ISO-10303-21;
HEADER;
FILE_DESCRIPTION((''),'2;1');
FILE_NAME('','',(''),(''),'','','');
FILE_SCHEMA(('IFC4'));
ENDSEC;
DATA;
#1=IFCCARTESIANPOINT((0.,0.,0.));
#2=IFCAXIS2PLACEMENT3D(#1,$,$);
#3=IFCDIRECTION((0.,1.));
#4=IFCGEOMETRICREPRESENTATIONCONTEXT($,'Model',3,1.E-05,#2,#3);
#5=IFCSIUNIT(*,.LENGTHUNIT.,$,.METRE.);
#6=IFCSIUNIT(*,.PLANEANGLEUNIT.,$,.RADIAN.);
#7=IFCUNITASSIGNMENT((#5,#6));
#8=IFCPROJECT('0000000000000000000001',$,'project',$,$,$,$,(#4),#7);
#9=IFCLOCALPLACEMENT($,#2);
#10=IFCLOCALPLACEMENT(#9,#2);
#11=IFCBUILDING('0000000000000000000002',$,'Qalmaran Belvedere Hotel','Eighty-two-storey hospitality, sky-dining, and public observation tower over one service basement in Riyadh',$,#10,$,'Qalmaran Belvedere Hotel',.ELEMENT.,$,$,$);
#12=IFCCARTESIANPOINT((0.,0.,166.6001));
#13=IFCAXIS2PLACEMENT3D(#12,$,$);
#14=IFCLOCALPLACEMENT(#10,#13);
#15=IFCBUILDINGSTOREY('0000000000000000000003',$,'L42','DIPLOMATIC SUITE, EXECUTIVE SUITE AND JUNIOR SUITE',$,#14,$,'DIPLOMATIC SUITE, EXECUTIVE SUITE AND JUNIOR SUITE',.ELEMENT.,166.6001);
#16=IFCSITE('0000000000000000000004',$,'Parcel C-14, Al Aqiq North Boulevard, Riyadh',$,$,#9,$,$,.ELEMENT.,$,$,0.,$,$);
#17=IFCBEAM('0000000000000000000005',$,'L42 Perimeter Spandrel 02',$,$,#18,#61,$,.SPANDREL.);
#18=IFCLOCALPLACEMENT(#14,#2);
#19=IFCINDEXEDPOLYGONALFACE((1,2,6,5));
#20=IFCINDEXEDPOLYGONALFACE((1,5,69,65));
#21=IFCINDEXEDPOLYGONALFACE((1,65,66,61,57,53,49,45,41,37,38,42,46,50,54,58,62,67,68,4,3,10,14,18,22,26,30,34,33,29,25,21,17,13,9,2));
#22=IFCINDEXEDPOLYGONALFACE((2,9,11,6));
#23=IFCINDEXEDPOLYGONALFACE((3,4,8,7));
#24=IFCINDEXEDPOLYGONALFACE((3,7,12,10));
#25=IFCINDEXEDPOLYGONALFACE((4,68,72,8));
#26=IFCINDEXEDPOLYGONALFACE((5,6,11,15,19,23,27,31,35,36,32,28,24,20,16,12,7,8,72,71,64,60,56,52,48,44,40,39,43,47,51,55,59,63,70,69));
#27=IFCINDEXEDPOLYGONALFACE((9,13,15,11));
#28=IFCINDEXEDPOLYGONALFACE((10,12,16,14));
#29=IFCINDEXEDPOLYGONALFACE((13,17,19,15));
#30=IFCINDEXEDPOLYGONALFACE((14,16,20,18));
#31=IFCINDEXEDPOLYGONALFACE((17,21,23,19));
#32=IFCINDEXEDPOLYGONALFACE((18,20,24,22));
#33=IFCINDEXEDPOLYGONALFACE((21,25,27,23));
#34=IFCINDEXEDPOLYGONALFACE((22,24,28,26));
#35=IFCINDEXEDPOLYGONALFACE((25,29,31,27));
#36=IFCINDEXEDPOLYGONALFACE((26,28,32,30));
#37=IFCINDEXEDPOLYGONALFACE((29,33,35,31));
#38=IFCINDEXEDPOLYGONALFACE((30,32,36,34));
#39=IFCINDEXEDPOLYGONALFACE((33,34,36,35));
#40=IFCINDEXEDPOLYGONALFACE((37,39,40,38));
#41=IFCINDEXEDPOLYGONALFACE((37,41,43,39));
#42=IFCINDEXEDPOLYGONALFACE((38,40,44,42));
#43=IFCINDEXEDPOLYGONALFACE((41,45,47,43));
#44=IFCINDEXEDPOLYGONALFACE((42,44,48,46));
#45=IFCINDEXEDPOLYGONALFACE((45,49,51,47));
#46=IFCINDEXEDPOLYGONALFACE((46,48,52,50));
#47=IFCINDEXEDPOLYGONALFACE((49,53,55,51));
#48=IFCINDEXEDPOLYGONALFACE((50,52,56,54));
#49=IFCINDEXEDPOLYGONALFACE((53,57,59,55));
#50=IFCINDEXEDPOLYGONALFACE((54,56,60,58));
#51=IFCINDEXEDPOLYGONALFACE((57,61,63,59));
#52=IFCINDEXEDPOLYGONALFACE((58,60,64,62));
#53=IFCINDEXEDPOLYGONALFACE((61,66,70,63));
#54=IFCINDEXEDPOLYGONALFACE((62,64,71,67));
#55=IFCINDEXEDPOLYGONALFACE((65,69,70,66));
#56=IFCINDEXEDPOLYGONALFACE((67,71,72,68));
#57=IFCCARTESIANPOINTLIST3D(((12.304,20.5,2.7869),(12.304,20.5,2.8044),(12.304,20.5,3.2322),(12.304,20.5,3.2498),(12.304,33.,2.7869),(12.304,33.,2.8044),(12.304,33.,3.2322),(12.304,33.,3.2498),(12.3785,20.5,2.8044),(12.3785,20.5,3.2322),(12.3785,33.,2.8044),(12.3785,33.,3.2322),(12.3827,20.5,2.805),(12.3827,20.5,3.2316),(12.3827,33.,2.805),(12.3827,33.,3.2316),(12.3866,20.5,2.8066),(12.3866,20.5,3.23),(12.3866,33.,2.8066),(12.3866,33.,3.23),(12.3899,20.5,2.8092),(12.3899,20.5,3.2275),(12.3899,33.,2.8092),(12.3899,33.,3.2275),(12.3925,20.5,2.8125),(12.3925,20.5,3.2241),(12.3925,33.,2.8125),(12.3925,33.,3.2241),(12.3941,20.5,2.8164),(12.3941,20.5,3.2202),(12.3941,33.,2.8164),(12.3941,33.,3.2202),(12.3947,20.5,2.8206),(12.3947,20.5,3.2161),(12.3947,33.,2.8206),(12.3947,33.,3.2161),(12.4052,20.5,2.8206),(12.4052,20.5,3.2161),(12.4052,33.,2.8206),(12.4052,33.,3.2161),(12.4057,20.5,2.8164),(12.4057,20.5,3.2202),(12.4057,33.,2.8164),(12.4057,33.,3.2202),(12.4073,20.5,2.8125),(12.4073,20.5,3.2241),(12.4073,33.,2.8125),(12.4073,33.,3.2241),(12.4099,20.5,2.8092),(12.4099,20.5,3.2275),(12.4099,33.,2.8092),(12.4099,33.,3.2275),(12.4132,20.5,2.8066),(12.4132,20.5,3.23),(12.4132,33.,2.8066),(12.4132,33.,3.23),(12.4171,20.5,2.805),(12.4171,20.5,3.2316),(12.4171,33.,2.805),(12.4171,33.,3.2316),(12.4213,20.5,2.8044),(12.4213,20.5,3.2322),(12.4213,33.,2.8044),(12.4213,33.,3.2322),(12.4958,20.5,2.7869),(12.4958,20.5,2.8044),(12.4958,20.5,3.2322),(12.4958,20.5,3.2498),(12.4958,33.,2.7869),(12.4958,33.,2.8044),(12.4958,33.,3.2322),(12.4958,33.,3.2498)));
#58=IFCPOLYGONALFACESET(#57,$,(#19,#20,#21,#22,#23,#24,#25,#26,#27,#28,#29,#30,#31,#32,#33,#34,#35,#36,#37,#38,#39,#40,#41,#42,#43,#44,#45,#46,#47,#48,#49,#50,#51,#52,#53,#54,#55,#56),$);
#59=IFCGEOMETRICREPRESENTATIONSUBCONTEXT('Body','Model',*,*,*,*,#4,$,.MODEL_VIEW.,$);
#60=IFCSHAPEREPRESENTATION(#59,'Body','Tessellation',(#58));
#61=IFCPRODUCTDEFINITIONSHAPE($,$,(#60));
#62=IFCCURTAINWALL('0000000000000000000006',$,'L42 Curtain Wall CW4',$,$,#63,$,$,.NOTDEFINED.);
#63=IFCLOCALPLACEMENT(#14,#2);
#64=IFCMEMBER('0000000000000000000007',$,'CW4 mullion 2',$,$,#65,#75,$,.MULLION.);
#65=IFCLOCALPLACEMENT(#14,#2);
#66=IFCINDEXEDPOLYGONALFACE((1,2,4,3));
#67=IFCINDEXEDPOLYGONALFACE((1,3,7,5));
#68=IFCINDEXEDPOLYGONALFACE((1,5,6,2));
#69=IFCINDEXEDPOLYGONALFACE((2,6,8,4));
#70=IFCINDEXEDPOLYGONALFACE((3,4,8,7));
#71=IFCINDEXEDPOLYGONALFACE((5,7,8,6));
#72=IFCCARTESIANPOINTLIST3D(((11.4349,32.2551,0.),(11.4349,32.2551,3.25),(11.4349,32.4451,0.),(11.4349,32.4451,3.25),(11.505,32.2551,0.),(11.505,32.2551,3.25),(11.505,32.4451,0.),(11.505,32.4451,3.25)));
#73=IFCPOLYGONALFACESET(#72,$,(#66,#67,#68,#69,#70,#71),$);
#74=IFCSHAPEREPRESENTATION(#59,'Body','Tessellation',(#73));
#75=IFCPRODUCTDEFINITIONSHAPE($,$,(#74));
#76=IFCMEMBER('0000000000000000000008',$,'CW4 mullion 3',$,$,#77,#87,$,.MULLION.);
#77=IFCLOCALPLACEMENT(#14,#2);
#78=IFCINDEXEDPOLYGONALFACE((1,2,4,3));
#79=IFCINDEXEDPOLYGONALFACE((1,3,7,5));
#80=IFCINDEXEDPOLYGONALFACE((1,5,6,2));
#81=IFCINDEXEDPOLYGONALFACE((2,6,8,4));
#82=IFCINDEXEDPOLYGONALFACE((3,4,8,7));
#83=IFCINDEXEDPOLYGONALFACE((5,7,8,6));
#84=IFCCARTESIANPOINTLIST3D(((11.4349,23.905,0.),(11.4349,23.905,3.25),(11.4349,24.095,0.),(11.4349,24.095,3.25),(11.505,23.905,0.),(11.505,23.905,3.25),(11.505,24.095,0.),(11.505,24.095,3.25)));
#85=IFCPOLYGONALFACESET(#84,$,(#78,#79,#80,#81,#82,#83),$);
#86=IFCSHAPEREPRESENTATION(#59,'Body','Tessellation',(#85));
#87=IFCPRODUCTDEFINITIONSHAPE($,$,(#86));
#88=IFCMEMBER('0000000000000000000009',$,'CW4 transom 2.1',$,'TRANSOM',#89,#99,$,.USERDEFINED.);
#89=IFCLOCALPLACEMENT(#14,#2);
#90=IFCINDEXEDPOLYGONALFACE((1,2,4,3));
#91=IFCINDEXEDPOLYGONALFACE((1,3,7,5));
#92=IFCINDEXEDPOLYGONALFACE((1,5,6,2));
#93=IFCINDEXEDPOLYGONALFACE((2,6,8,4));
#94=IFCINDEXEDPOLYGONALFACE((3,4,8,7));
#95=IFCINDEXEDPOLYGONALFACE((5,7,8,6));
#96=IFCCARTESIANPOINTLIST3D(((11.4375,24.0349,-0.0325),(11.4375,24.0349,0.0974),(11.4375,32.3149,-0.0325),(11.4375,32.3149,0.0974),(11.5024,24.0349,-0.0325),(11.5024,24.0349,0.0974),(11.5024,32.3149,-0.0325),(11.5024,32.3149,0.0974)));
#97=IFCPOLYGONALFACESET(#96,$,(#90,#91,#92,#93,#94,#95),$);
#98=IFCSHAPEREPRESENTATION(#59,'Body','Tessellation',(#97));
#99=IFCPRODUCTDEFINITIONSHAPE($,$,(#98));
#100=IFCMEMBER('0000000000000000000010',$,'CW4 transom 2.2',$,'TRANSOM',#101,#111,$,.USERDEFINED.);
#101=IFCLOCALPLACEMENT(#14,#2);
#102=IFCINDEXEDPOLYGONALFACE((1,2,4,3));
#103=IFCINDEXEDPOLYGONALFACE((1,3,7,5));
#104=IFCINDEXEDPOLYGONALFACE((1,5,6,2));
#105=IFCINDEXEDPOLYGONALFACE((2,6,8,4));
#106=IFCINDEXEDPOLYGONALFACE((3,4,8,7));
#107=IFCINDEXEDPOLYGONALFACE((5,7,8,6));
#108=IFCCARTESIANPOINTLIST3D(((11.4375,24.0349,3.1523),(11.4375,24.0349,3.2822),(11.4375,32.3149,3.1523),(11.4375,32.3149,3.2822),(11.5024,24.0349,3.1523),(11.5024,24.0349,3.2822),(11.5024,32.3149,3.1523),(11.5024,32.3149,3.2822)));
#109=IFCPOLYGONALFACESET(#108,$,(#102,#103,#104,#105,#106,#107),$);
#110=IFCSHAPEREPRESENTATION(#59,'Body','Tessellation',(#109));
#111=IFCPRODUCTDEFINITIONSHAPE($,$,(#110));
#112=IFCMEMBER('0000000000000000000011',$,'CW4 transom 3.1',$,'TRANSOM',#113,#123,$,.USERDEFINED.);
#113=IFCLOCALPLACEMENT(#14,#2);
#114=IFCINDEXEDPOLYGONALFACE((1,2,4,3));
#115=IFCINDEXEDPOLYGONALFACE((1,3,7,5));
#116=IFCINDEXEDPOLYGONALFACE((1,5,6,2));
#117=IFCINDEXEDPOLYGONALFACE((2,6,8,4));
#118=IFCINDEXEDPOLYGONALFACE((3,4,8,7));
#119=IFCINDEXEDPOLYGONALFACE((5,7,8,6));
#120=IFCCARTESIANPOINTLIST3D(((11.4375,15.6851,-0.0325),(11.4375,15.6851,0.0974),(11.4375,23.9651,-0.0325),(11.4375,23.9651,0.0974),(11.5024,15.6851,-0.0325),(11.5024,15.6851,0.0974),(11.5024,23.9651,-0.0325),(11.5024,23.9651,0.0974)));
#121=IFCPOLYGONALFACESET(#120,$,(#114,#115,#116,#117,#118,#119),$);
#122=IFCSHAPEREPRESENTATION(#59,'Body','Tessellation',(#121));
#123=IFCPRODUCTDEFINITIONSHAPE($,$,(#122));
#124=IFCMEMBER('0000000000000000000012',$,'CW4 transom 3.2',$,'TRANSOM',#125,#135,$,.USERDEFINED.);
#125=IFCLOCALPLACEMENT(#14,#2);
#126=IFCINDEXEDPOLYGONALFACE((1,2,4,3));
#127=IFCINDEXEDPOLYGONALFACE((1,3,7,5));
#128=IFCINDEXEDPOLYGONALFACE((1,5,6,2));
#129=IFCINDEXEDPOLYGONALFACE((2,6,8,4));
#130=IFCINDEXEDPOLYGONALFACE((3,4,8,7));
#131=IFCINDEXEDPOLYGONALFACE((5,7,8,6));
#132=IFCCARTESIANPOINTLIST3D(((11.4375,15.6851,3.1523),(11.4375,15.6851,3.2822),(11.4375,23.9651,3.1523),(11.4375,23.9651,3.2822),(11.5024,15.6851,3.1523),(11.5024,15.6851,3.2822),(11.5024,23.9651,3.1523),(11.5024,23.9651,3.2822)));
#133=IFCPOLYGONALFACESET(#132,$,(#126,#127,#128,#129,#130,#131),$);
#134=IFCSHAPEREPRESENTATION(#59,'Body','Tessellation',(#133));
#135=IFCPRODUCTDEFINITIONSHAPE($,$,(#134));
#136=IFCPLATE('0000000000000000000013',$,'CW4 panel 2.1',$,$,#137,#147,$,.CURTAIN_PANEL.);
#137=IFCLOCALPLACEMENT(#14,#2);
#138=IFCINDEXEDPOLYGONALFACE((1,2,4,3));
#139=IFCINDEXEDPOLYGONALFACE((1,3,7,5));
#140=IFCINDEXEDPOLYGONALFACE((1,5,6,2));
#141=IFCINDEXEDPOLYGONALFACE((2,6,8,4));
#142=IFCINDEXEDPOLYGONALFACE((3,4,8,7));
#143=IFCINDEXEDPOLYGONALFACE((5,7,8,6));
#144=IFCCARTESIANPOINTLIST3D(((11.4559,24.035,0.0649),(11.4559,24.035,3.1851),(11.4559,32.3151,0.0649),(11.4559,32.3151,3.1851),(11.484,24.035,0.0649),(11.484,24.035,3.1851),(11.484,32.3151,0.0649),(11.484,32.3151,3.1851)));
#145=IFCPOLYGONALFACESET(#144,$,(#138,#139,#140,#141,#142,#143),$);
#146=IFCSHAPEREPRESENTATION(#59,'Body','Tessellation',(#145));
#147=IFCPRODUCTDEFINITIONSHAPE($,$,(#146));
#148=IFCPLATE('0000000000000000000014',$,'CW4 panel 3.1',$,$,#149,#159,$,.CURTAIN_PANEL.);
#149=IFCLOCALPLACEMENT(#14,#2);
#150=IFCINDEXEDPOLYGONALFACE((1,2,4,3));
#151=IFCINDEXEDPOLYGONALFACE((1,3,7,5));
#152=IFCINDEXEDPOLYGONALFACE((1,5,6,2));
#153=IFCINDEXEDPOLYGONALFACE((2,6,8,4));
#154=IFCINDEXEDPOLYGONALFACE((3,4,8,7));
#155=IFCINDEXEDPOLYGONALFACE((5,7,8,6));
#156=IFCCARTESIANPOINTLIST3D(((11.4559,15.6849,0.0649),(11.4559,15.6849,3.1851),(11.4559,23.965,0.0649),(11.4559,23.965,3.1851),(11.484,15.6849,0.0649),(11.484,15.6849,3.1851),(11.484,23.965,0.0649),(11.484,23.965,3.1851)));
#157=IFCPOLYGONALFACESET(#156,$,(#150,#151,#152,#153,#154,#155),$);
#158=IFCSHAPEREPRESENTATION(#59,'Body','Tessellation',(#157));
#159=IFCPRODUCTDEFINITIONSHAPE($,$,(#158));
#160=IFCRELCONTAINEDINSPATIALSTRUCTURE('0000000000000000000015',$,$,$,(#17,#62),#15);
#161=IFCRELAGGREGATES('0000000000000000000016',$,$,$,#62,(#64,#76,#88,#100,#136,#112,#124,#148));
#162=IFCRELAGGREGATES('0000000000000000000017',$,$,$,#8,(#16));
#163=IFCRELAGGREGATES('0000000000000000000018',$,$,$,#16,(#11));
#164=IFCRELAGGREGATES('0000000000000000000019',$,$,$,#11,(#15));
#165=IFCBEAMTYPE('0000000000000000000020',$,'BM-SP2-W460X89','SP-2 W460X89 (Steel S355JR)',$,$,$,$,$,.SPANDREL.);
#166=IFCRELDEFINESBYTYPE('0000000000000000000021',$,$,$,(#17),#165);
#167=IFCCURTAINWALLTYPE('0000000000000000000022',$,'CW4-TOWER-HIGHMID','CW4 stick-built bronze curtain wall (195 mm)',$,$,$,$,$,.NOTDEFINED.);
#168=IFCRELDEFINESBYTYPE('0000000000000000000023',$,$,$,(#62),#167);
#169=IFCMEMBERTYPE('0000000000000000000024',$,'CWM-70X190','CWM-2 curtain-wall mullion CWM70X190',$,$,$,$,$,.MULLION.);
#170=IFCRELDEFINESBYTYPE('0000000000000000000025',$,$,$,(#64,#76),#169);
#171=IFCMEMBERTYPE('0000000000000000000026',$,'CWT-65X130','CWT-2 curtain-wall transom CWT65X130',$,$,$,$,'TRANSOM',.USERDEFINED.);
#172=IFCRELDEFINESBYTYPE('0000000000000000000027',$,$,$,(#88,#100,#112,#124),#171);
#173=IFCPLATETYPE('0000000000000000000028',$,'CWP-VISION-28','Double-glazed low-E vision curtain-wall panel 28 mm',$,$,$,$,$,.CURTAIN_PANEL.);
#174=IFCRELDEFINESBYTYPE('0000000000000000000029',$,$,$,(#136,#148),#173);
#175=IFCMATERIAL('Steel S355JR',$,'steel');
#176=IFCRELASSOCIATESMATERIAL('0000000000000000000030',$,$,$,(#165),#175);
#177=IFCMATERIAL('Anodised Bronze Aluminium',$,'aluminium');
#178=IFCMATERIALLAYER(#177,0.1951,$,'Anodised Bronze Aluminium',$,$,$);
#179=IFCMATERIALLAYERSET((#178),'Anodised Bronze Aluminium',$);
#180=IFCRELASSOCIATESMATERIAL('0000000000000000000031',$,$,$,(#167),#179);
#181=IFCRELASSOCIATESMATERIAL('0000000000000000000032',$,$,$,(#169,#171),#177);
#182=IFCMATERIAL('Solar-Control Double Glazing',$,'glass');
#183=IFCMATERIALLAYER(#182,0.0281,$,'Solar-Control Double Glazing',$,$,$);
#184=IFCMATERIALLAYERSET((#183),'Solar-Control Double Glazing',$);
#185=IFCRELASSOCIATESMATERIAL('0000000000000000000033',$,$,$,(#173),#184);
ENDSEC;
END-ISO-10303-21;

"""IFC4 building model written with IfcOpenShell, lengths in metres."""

from ifc_helpers import new_model, si_unit, direction, frame, origin, origin_2d, place, context, subcontext, project, spatial, rectangle, i_section, extrude, material, layer, layer_set, material_profile, profile_set, type_object, element, aggregate, save


model = new_model("IFC4")

# Units and contexts
model_context = context("Model", 3, precision=1e-05, world=origin(), true_north=direction((0.0, 1.0)))
body_context = subcontext(model_context, "Body", "Model", "MODEL_VIEW")
ifc_project = project(units=[si_unit("LENGTHUNIT", "METRE"), si_unit("PLANEANGLEUNIT", "RADIAN")], contexts=[model_context])

# Site, building, storey
site_placement = place(None, origin())
site = spatial("IfcSite", under=ifc_project, at=site_placement, Name="Parcel C-14, Al Aqiq North Boulevard, Riyadh", CompositionType="ELEMENT", RefElevation=0.0)
building_placement = place(site_placement, origin())
building = spatial("IfcBuilding", under=site, at=building_placement, Name="Qalmaran Belvedere Hotel", Description="Eighty-two-storey hospitality, sky-dining, and public observation tower over one service basement in Riyadh", LongName="Qalmaran Belvedere Hotel", CompositionType="ELEMENT")
storey_placement = place(building_placement, frame((0.0, 0.0, 166.6001)))
storey = spatial("IfcBuildingStorey", under=building, at=storey_placement, Name="L42", Description="DIPLOMATIC SUITE, EXECUTIVE SUITE AND JUNIOR SUITE", LongName="DIPLOMATIC SUITE, EXECUTIVE SUITE AND JUNIOR SUITE", CompositionType="ELEMENT", Elevation=166.6001)

# Beam
ifc_material_1 = material(Name="Steel S355JR", Category="steel")
ifc_material_profile_1 = material_profile(ifc_material_1, i_section(OverallWidth=0.1919, OverallDepth=0.4629, WebThickness=0.0105, FlangeThickness=0.0176, FilletRadius=0.0161, at=origin_2d()), Name="W460X89")
ifc_profile_set_1 = profile_set([ifc_material_profile_1], Name="Steel S355JR")
beam_type_1 = type_object("IfcBeamType", Name="BM-SP2-W460X89", Description="SP-2 W460X89 (Steel S355JR)", PredefinedType="SPANDREL", material=ifc_profile_set_1)
beam_1_placement = place(storey_placement, frame((12.3999, 20.5, 3.0183), z_axis=(0.0, 1.0, 0.0), x_axis=(-1.0, 0.0, 0.0)))
element("IfcBeam", 1, at=beam_1_placement, inside=storey, type_object=beam_type_1, Name="L42 Perimeter Spandrel 02", PredefinedType="SPANDREL", context=body_context, shape_type="SweptSolid", body=[
    extrude(i_section(OverallWidth=0.1919, OverallDepth=0.4629, WebThickness=0.0105, FlangeThickness=0.0176, FilletRadius=0.0161, at=origin_2d()), origin(), (0.0, 0.0, 1.0), 12.5),
])

# Curtain wall, members, plates
ifc_material_2 = material(Name="Anodised Bronze Aluminium", Category="aluminium")
ifc_layer_1 = layer(ifc_material_2, 0.1951, Name="Anodised Bronze Aluminium")
ifc_layer_set_1 = layer_set([ifc_layer_1], Name="Anodised Bronze Aluminium")
curtain_wall_type = type_object("IfcCurtainWallType", Name="CW4-TOWER-HIGHMID", Description="CW4 stick-built bronze curtain wall (195 mm)", PredefinedType="NOTDEFINED", material=ifc_layer_set_1)
curtain_wall_placement = place(storey_placement, origin())
curtain_wall = element("IfcCurtainWall", 2, at=curtain_wall_placement, inside=storey, type_object=curtain_wall_type, Name="L42 Curtain Wall CW4", PredefinedType="NOTDEFINED")
ifc_material_profile_2 = material_profile(ifc_material_2, rectangle(XDim=0.0701, YDim=0.1899, at=origin_2d()), Name="CWM70X190")
ifc_profile_set_2 = profile_set([ifc_material_profile_2], Name="Anodised Bronze Aluminium")
member_type_1 = type_object("IfcMemberType", Name="CWM-70X190", Description="CWM-2 curtain-wall mullion CWM70X190", PredefinedType="MULLION", material=ifc_profile_set_2)
member_1_placement = place(storey_placement, frame((11.47, 32.3501, 0.0), z_axis=(0.0, 0.0, 1.0), x_axis=(1.0, 0.0, 0.0)))
member_1 = element("IfcMember", 3, at=member_1_placement, type_object=member_type_1, Name="CW4 mullion 2", PredefinedType="MULLION", context=body_context, shape_type="SweptSolid", body=[
    extrude(rectangle(XDim=0.0701, YDim=0.1899, at=origin_2d()), origin(), (0.0, 0.0, 1.0), 3.25),
])
member_2_placement = place(storey_placement, frame((11.47, 24.0, 0.0), z_axis=(0.0, 0.0, 1.0), x_axis=(1.0, 0.0, 0.0)))
member_2 = element("IfcMember", 4, at=member_2_placement, type_object=member_type_1, Name="CW4 mullion 3", PredefinedType="MULLION", context=body_context, shape_type="SweptSolid", body=[
    extrude(rectangle(XDim=0.0701, YDim=0.1899, at=origin_2d()), origin(), (0.0, 0.0, 1.0), 3.25),
])
ifc_material_profile_3 = material_profile(ifc_material_2, rectangle(XDim=0.0649, YDim=0.1299, at=origin_2d()), Name="CWT65X130")
ifc_profile_set_3 = profile_set([ifc_material_profile_3], Name="Anodised Bronze Aluminium")
member_type_2 = type_object("IfcMemberType", Name="CWT-65X130", Description="CWT-2 curtain-wall transom CWT65X130", ElementType="TRANSOM", PredefinedType="USERDEFINED", material=ifc_profile_set_3)
member_3_placement = place(storey_placement, frame((11.47, 32.3149, 0.0325), z_axis=(0.0, -1.0, 0.0), x_axis=(1.0, 0.0, 0.0)))
member_3 = element("IfcMember", 5, at=member_3_placement, type_object=member_type_2, Name="CW4 transom 2.1", ObjectType="TRANSOM", PredefinedType="USERDEFINED", context=body_context, shape_type="SweptSolid", body=[
    extrude(rectangle(XDim=0.0649, YDim=0.1299, at=origin_2d()), origin(), (0.0, 0.0, 1.0), 8.28),
])
member_4_placement = place(storey_placement, frame((11.47, 32.3149, 3.2173), z_axis=(0.0, -1.0, 0.0), x_axis=(1.0, 0.0, 0.0)))
member_4 = element("IfcMember", 6, at=member_4_placement, type_object=member_type_2, Name="CW4 transom 2.2", ObjectType="TRANSOM", PredefinedType="USERDEFINED", context=body_context, shape_type="SweptSolid", body=[
    extrude(rectangle(XDim=0.0649, YDim=0.1299, at=origin_2d()), origin(), (0.0, 0.0, 1.0), 8.28),
])
member_5_placement = place(storey_placement, frame((11.47, 23.9651, 0.0325), z_axis=(0.0, -1.0, 0.0), x_axis=(1.0, 0.0, 0.0)))
member_5 = element("IfcMember", 7, at=member_5_placement, type_object=member_type_2, Name="CW4 transom 3.1", ObjectType="TRANSOM", PredefinedType="USERDEFINED", context=body_context, shape_type="SweptSolid", body=[
    extrude(rectangle(XDim=0.0649, YDim=0.1299, at=origin_2d()), origin(), (0.0, 0.0, 1.0), 8.28),
])
member_6_placement = place(storey_placement, frame((11.47, 23.9651, 3.2173), z_axis=(0.0, -1.0, 0.0), x_axis=(1.0, 0.0, 0.0)))
member_6 = element("IfcMember", 8, at=member_6_placement, type_object=member_type_2, Name="CW4 transom 3.2", ObjectType="TRANSOM", PredefinedType="USERDEFINED", context=body_context, shape_type="SweptSolid", body=[
    extrude(rectangle(XDim=0.0649, YDim=0.1299, at=origin_2d()), origin(), (0.0, 0.0, 1.0), 8.28),
])
ifc_material_3 = material(Name="Solar-Control Double Glazing", Category="glass")
ifc_layer_2 = layer(ifc_material_3, 0.0281, Name="Solar-Control Double Glazing")
ifc_layer_set_2 = layer_set([ifc_layer_2], Name="Solar-Control Double Glazing")
plate_type = type_object("IfcPlateType", Name="CWP-VISION-28", Description="Double-glazed low-E vision curtain-wall panel 28 mm", PredefinedType="CURTAIN_PANEL", material=ifc_layer_set_2)
plate_1_placement = place(storey_placement, frame((11.47, 28.175, 0.0649), z_axis=(0.0, 0.0, 1.0), x_axis=(0.0, -1.0, 0.0)))
plate_1 = element("IfcPlate", 9, at=plate_1_placement, type_object=plate_type, Name="CW4 panel 2.1", PredefinedType="CURTAIN_PANEL", context=body_context, shape_type="SweptSolid", body=[
    extrude(rectangle(XDim=8.28, YDim=0.0281, at=origin_2d()), origin(), (0.0, 0.0, 1.0), 3.1201),
])
plate_2_placement = place(storey_placement, frame((11.47, 19.825, 0.0649), z_axis=(0.0, 0.0, 1.0), x_axis=(0.0, -1.0, 0.0)))
plate_2 = element("IfcPlate", 10, at=plate_2_placement, type_object=plate_type, Name="CW4 panel 3.1", PredefinedType="CURTAIN_PANEL", context=body_context, shape_type="SweptSolid", body=[
    extrude(rectangle(XDim=8.28, YDim=0.0281, at=origin_2d()), origin(), (0.0, 0.0, 1.0), 3.1201),
])
aggregate(curtain_wall, [member_1, member_2, member_3, member_4, plate_1, member_5, member_6, plate_2])

save(model, "model.ifc")
